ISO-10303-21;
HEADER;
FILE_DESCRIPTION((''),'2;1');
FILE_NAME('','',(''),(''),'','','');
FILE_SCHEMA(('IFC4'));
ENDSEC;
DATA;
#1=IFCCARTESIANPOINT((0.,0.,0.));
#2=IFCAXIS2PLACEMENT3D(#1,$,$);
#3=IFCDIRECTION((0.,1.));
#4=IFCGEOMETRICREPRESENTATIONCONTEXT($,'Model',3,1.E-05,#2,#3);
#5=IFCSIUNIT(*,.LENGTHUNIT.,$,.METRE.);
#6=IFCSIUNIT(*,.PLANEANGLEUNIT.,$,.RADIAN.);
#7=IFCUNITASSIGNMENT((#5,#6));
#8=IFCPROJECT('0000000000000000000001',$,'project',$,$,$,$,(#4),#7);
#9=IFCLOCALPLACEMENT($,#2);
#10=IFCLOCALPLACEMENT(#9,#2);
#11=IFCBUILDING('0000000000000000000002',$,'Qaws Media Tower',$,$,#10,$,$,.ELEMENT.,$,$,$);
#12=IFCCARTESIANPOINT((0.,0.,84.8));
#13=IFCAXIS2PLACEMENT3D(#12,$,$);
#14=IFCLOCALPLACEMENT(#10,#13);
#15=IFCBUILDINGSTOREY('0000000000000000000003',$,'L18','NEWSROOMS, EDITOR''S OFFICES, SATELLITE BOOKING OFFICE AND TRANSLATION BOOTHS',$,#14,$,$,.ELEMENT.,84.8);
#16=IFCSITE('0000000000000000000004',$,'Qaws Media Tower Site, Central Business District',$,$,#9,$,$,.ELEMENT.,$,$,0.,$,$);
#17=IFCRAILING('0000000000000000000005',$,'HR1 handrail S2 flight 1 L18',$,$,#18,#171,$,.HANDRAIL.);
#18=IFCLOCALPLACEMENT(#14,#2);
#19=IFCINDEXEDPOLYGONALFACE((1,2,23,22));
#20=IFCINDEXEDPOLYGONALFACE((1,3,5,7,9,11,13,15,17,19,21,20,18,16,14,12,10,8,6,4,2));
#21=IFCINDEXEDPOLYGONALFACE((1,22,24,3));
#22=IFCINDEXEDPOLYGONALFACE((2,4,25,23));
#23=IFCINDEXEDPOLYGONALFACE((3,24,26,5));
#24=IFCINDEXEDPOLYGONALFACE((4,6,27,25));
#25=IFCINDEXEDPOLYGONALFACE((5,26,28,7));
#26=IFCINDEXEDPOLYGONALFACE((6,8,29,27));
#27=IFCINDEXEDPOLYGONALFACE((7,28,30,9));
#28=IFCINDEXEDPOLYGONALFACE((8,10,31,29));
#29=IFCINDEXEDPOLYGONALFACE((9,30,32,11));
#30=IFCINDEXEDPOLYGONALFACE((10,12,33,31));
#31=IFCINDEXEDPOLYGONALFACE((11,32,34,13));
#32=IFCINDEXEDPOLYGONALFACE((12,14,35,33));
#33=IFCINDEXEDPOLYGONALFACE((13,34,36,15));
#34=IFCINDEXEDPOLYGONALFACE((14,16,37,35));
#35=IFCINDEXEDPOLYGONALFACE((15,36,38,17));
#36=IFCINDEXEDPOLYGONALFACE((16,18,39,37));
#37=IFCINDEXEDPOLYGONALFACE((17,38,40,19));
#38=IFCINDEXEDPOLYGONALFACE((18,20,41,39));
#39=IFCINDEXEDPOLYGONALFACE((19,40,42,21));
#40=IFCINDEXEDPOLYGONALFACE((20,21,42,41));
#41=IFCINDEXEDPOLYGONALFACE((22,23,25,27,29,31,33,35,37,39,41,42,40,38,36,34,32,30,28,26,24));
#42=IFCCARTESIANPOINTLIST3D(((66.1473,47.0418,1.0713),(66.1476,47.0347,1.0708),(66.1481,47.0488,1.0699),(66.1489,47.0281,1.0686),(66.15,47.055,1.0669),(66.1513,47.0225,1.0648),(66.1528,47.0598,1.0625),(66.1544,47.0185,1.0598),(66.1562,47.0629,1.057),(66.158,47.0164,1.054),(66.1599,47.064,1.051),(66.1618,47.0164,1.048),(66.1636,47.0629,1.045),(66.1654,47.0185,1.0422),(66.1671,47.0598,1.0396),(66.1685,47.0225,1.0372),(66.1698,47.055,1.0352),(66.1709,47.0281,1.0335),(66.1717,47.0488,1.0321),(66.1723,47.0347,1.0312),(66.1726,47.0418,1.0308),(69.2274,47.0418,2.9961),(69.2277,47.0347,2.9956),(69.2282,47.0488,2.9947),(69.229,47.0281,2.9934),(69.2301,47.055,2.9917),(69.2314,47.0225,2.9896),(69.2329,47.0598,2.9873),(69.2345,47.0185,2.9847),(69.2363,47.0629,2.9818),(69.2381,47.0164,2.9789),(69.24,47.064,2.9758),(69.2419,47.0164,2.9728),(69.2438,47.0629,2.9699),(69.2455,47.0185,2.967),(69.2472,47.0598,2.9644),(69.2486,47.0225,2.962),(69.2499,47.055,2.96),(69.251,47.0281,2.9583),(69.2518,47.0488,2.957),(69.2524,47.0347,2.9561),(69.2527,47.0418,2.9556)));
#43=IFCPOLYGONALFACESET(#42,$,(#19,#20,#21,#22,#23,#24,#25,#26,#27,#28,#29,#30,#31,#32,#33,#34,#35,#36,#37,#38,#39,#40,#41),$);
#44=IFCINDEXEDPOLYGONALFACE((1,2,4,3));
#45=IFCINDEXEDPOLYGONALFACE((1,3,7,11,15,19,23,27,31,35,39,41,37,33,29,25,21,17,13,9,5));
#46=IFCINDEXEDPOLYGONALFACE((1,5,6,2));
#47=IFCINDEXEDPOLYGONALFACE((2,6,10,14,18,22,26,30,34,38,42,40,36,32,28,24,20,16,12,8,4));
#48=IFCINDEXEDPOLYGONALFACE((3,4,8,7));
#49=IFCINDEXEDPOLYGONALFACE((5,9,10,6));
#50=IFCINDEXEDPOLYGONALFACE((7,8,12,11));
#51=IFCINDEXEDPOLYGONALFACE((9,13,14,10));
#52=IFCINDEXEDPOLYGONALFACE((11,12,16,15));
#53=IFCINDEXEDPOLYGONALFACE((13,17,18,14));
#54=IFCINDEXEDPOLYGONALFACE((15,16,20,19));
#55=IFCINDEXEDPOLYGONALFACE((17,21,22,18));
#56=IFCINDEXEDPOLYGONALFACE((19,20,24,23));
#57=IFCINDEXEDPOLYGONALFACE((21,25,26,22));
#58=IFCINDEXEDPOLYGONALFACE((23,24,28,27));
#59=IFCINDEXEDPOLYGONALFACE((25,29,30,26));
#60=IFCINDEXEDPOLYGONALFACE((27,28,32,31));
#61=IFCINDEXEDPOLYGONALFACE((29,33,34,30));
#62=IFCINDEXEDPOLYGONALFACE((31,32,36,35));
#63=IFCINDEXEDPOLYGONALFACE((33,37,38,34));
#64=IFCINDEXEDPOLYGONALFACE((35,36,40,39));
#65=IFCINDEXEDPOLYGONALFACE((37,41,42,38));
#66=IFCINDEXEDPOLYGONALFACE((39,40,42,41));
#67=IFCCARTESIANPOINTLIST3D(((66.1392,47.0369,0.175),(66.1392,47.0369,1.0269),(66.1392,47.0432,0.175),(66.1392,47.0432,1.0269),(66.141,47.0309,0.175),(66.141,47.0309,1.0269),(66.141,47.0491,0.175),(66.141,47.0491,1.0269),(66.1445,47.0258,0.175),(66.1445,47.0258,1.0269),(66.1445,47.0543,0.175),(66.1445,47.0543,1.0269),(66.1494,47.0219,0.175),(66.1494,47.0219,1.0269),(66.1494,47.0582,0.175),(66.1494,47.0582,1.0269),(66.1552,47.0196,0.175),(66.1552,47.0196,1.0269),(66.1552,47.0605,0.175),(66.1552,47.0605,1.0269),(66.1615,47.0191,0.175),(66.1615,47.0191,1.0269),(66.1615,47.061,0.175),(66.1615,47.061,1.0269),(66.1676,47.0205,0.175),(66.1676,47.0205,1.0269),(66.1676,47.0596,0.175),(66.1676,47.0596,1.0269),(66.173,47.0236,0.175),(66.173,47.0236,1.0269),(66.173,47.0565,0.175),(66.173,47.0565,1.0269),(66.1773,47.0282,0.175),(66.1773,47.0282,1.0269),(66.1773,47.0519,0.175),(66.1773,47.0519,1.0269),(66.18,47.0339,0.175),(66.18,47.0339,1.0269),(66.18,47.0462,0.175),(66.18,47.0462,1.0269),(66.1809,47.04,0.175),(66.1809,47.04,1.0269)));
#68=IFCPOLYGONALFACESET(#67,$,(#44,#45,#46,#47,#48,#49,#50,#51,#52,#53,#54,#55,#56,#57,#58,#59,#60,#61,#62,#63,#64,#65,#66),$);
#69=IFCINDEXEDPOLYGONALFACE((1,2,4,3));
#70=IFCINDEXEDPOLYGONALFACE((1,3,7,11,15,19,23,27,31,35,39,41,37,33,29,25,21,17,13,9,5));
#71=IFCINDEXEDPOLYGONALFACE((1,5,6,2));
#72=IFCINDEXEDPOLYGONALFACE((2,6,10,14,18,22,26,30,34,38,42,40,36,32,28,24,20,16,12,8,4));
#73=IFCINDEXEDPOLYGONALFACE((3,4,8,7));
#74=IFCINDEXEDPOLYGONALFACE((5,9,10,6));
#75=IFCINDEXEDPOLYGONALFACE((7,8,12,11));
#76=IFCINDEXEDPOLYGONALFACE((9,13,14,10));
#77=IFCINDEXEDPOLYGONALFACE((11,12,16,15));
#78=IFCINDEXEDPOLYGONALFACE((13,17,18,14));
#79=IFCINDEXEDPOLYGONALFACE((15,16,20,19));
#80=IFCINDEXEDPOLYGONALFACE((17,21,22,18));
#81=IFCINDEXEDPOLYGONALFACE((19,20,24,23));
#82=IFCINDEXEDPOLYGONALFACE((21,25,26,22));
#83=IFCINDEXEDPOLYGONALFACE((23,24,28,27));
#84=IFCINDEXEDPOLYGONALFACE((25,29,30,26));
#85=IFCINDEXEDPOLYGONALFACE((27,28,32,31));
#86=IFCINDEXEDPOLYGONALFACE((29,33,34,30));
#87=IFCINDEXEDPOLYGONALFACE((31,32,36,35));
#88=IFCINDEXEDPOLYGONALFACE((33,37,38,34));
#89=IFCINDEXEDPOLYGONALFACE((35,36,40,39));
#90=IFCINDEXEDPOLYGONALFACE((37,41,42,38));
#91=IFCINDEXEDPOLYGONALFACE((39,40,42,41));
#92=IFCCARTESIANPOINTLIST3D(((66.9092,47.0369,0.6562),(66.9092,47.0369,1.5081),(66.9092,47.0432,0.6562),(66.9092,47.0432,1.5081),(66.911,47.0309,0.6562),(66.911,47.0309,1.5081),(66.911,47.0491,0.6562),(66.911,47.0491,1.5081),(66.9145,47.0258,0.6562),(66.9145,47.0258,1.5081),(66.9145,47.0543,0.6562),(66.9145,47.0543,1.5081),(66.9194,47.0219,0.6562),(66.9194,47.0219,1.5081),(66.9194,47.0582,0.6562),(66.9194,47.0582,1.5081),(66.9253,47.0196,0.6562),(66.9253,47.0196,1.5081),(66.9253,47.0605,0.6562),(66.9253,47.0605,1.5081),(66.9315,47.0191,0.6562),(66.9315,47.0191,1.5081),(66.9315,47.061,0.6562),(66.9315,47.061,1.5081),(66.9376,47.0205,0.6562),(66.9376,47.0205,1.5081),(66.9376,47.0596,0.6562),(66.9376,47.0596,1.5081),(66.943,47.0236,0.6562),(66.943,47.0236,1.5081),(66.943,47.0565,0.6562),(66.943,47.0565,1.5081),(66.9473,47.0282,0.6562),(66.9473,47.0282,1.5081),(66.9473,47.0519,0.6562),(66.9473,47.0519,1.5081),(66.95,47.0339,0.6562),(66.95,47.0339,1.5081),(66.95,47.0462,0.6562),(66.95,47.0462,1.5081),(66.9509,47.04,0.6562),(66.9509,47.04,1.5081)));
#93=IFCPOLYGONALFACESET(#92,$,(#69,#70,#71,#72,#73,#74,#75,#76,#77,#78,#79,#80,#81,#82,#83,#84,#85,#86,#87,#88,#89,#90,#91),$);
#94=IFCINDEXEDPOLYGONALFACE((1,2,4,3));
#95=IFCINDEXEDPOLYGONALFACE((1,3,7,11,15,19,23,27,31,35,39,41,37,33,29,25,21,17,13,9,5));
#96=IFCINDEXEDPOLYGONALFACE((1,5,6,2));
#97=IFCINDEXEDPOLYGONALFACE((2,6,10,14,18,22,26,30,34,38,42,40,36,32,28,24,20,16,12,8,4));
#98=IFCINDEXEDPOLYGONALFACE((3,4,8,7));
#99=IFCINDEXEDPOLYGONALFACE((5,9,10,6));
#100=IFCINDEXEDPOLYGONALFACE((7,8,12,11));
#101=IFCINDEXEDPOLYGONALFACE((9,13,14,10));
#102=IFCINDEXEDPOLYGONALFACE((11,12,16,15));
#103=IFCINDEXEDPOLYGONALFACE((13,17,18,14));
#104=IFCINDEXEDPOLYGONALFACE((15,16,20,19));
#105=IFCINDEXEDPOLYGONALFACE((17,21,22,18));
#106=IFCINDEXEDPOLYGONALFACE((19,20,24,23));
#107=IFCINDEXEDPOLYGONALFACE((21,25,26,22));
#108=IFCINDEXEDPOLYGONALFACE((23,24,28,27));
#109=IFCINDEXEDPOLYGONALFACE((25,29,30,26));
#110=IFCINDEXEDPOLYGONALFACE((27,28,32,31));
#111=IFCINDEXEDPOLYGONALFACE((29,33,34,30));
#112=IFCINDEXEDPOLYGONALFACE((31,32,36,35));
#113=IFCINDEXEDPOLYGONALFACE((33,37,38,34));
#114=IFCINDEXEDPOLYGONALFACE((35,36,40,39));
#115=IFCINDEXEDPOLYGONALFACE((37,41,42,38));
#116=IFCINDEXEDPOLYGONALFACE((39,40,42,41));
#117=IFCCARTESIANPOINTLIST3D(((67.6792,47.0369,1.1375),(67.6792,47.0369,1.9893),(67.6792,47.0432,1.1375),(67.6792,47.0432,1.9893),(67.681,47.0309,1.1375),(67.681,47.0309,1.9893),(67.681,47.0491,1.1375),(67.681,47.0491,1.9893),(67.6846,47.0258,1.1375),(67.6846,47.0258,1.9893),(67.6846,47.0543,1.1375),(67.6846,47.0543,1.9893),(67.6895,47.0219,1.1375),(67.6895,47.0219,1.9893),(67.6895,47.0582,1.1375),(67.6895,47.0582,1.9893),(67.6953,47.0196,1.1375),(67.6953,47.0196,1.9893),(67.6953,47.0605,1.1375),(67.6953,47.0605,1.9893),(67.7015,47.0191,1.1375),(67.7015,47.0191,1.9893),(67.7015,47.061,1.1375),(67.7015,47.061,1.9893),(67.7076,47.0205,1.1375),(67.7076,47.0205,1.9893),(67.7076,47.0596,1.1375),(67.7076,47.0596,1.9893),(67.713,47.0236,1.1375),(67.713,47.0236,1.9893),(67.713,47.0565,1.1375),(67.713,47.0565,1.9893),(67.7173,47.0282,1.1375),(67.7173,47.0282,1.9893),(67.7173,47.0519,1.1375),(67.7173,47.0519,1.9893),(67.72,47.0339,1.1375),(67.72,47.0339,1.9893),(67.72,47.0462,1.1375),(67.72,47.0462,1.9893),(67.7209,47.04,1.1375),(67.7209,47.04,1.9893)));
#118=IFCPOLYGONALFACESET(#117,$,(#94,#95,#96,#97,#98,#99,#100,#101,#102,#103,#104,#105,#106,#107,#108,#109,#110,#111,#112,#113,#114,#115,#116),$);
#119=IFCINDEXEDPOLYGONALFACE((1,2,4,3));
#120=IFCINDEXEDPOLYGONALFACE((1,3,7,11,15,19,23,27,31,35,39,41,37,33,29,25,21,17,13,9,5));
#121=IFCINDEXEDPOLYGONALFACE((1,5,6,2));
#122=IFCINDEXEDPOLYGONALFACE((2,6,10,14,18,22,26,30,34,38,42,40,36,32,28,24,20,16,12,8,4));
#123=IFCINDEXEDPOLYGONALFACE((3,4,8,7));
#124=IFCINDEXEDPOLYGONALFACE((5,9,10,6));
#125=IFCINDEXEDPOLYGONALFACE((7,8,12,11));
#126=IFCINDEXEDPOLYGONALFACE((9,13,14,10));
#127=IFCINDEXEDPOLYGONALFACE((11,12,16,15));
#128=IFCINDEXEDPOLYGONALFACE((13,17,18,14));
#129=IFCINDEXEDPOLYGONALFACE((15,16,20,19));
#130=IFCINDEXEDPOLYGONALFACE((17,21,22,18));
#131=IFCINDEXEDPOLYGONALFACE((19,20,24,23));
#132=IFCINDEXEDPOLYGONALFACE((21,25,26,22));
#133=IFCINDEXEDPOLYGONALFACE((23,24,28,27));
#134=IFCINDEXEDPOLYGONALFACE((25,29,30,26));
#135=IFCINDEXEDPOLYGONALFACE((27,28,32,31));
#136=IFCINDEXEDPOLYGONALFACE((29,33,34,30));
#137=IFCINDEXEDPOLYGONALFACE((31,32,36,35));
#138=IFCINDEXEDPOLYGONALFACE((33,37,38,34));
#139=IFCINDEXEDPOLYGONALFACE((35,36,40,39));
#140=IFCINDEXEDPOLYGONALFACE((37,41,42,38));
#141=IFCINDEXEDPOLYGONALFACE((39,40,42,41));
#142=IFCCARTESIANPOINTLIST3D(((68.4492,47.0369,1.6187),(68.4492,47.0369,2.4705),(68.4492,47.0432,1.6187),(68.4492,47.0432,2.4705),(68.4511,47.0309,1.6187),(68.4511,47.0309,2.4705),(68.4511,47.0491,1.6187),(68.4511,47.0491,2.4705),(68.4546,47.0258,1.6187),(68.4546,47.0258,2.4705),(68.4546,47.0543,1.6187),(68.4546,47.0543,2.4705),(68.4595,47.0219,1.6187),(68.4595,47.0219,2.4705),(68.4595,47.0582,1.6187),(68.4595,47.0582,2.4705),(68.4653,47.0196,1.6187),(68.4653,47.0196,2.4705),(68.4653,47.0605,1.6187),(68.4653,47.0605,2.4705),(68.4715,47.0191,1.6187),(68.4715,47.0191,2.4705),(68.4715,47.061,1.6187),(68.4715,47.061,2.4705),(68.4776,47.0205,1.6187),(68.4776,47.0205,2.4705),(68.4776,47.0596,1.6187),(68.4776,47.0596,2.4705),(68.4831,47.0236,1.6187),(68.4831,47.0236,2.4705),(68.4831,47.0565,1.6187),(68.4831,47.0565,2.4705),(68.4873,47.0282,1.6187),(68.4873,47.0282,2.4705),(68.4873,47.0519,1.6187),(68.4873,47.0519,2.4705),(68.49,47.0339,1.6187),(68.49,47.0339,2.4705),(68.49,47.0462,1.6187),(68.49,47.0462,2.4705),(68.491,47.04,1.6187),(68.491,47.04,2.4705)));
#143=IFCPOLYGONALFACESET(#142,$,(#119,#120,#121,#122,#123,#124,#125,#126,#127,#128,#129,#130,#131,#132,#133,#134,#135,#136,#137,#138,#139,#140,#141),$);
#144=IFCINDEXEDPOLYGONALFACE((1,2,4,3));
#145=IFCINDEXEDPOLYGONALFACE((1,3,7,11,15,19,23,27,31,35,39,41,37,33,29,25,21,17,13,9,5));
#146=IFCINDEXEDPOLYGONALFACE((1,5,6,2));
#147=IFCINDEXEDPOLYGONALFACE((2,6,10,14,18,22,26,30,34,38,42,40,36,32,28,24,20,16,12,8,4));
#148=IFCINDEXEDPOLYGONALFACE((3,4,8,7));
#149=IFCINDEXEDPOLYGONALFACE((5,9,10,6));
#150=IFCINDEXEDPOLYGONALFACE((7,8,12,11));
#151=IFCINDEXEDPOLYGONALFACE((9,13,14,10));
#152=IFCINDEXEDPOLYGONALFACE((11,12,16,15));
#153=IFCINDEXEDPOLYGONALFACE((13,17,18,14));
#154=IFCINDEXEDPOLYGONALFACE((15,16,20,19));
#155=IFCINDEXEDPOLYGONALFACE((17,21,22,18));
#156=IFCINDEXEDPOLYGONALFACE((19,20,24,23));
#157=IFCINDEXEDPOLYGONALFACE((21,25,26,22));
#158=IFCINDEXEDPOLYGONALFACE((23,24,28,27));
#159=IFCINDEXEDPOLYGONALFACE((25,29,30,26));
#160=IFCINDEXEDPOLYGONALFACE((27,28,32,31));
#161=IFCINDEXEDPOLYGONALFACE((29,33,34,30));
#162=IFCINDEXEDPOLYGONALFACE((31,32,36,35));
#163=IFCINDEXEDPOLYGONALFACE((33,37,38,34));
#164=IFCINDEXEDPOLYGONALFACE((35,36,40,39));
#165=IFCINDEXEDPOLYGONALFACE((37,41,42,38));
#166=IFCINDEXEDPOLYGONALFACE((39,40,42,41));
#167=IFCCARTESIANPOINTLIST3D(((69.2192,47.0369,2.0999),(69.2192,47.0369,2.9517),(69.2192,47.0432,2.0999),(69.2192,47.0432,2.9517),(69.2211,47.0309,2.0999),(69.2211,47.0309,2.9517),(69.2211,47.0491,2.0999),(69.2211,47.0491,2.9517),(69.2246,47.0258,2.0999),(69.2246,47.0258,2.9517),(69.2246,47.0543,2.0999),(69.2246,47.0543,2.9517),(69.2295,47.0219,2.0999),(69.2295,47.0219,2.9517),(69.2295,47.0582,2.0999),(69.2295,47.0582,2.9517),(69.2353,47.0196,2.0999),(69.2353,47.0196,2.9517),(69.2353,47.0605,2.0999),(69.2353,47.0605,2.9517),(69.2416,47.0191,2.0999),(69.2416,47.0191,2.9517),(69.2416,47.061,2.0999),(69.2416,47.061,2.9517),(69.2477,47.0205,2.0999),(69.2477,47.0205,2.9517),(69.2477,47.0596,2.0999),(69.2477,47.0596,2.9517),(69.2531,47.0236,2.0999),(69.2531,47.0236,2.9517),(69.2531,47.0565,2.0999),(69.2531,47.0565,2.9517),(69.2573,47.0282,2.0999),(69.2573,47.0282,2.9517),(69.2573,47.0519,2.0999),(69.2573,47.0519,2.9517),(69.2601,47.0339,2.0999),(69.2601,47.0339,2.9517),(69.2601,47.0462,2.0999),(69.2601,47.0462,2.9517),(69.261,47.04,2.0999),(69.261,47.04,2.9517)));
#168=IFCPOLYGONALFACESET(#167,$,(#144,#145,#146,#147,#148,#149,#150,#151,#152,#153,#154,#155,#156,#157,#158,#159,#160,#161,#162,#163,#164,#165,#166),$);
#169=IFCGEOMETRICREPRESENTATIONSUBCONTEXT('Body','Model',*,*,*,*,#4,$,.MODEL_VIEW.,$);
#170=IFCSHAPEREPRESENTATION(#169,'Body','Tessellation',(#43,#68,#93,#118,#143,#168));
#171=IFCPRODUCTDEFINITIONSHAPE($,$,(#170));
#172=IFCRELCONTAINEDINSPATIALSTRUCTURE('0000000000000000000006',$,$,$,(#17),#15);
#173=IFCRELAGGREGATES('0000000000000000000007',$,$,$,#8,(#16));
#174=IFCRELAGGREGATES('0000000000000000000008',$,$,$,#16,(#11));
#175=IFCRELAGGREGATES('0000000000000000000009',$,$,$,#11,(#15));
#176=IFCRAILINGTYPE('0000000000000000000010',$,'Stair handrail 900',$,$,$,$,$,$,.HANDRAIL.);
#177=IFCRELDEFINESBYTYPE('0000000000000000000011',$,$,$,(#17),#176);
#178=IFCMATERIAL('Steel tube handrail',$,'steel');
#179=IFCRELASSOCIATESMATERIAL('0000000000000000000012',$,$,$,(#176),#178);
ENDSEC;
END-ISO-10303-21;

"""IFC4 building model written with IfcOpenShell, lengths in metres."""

from ifc_helpers import new_model, si_unit, direction, frame, origin, origin_2d, place, context, subcontext, project, spatial, circle, extrude, material, type_object, element, save


model = new_model("IFC4")

# Units and contexts
model_context = context("Model", 3, precision=1e-05, world=origin(), true_north=direction((0.0, 1.0)))
body_context = subcontext(model_context, "Body", "Model", "MODEL_VIEW")
ifc_project = project(units=[si_unit("LENGTHUNIT", "METRE"), si_unit("PLANEANGLEUNIT", "RADIAN")], contexts=[model_context])

# Site, building, storey
site_placement = place(None, origin())
site = spatial("IfcSite", under=ifc_project, at=site_placement, Name="Qaws Media Tower Site, Central Business District", CompositionType="ELEMENT", RefElevation=0.0)
building_placement = place(site_placement, origin())
building = spatial("IfcBuilding", under=site, at=building_placement, Name="Qaws Media Tower", CompositionType="ELEMENT")
storey_placement = place(building_placement, frame((0.0, 0.0, 84.8)))
storey = spatial("IfcBuildingStorey", under=building, at=storey_placement, Name="L18", Description="NEWSROOMS, EDITOR'S OFFICES, SATELLITE BOOKING OFFICE AND TRANSLATION BOOTHS", CompositionType="ELEMENT", Elevation=84.8)

# Railing
ifc_material_1 = material(Name="Steel tube handrail", Category="steel")
railing_type = type_object("IfcRailingType", Name="Stair handrail 900", PredefinedType="HANDRAIL", material=ifc_material_1)
for number, where, name in (
    (1, (66.1599, 47.04, 0.175), "HR1 handrail S2 flight 1 L18"),
):
    element("IfcRailing", number, at=place(storey_placement, frame(where)), inside=storey, type_object=railing_type, Name=name, PredefinedType="HANDRAIL", context=body_context, shape_type="SweptSolid", body=[
        extrude(circle(Radius=0.0239, at=origin_2d()), frame((0.0, 0.0, 0.876), z_axis=(0.848029, 0.0, 0.529951), x_axis=(0.0, 1.0, 0.0)), (0.0, 0.0, 1.0), 3.6321),
        extrude(circle(Radius=0.021, at=origin_2d()), origin(), (0.0, 0.0, 1.0), 0.8518),
        extrude(circle(Radius=0.021, at=origin_2d()), frame((0.77, 0.0, 0.4812)), (0.0, 0.0, 1.0), 0.8518),
        extrude(circle(Radius=0.021, at=origin_2d()), frame((1.54, 0.0, 0.9624)), (0.0, 0.0, 1.0), 0.8518),
        extrude(circle(Radius=0.021, at=origin_2d()), frame((2.3101, 0.0, 1.4436)), (0.0, 0.0, 1.0), 0.8518),
        extrude(circle(Radius=0.021, at=origin_2d()), frame((3.0801, 0.0, 1.9248)), (0.0, 0.0, 1.0), 0.8518),
    ])

save(model, "model.ifc")
